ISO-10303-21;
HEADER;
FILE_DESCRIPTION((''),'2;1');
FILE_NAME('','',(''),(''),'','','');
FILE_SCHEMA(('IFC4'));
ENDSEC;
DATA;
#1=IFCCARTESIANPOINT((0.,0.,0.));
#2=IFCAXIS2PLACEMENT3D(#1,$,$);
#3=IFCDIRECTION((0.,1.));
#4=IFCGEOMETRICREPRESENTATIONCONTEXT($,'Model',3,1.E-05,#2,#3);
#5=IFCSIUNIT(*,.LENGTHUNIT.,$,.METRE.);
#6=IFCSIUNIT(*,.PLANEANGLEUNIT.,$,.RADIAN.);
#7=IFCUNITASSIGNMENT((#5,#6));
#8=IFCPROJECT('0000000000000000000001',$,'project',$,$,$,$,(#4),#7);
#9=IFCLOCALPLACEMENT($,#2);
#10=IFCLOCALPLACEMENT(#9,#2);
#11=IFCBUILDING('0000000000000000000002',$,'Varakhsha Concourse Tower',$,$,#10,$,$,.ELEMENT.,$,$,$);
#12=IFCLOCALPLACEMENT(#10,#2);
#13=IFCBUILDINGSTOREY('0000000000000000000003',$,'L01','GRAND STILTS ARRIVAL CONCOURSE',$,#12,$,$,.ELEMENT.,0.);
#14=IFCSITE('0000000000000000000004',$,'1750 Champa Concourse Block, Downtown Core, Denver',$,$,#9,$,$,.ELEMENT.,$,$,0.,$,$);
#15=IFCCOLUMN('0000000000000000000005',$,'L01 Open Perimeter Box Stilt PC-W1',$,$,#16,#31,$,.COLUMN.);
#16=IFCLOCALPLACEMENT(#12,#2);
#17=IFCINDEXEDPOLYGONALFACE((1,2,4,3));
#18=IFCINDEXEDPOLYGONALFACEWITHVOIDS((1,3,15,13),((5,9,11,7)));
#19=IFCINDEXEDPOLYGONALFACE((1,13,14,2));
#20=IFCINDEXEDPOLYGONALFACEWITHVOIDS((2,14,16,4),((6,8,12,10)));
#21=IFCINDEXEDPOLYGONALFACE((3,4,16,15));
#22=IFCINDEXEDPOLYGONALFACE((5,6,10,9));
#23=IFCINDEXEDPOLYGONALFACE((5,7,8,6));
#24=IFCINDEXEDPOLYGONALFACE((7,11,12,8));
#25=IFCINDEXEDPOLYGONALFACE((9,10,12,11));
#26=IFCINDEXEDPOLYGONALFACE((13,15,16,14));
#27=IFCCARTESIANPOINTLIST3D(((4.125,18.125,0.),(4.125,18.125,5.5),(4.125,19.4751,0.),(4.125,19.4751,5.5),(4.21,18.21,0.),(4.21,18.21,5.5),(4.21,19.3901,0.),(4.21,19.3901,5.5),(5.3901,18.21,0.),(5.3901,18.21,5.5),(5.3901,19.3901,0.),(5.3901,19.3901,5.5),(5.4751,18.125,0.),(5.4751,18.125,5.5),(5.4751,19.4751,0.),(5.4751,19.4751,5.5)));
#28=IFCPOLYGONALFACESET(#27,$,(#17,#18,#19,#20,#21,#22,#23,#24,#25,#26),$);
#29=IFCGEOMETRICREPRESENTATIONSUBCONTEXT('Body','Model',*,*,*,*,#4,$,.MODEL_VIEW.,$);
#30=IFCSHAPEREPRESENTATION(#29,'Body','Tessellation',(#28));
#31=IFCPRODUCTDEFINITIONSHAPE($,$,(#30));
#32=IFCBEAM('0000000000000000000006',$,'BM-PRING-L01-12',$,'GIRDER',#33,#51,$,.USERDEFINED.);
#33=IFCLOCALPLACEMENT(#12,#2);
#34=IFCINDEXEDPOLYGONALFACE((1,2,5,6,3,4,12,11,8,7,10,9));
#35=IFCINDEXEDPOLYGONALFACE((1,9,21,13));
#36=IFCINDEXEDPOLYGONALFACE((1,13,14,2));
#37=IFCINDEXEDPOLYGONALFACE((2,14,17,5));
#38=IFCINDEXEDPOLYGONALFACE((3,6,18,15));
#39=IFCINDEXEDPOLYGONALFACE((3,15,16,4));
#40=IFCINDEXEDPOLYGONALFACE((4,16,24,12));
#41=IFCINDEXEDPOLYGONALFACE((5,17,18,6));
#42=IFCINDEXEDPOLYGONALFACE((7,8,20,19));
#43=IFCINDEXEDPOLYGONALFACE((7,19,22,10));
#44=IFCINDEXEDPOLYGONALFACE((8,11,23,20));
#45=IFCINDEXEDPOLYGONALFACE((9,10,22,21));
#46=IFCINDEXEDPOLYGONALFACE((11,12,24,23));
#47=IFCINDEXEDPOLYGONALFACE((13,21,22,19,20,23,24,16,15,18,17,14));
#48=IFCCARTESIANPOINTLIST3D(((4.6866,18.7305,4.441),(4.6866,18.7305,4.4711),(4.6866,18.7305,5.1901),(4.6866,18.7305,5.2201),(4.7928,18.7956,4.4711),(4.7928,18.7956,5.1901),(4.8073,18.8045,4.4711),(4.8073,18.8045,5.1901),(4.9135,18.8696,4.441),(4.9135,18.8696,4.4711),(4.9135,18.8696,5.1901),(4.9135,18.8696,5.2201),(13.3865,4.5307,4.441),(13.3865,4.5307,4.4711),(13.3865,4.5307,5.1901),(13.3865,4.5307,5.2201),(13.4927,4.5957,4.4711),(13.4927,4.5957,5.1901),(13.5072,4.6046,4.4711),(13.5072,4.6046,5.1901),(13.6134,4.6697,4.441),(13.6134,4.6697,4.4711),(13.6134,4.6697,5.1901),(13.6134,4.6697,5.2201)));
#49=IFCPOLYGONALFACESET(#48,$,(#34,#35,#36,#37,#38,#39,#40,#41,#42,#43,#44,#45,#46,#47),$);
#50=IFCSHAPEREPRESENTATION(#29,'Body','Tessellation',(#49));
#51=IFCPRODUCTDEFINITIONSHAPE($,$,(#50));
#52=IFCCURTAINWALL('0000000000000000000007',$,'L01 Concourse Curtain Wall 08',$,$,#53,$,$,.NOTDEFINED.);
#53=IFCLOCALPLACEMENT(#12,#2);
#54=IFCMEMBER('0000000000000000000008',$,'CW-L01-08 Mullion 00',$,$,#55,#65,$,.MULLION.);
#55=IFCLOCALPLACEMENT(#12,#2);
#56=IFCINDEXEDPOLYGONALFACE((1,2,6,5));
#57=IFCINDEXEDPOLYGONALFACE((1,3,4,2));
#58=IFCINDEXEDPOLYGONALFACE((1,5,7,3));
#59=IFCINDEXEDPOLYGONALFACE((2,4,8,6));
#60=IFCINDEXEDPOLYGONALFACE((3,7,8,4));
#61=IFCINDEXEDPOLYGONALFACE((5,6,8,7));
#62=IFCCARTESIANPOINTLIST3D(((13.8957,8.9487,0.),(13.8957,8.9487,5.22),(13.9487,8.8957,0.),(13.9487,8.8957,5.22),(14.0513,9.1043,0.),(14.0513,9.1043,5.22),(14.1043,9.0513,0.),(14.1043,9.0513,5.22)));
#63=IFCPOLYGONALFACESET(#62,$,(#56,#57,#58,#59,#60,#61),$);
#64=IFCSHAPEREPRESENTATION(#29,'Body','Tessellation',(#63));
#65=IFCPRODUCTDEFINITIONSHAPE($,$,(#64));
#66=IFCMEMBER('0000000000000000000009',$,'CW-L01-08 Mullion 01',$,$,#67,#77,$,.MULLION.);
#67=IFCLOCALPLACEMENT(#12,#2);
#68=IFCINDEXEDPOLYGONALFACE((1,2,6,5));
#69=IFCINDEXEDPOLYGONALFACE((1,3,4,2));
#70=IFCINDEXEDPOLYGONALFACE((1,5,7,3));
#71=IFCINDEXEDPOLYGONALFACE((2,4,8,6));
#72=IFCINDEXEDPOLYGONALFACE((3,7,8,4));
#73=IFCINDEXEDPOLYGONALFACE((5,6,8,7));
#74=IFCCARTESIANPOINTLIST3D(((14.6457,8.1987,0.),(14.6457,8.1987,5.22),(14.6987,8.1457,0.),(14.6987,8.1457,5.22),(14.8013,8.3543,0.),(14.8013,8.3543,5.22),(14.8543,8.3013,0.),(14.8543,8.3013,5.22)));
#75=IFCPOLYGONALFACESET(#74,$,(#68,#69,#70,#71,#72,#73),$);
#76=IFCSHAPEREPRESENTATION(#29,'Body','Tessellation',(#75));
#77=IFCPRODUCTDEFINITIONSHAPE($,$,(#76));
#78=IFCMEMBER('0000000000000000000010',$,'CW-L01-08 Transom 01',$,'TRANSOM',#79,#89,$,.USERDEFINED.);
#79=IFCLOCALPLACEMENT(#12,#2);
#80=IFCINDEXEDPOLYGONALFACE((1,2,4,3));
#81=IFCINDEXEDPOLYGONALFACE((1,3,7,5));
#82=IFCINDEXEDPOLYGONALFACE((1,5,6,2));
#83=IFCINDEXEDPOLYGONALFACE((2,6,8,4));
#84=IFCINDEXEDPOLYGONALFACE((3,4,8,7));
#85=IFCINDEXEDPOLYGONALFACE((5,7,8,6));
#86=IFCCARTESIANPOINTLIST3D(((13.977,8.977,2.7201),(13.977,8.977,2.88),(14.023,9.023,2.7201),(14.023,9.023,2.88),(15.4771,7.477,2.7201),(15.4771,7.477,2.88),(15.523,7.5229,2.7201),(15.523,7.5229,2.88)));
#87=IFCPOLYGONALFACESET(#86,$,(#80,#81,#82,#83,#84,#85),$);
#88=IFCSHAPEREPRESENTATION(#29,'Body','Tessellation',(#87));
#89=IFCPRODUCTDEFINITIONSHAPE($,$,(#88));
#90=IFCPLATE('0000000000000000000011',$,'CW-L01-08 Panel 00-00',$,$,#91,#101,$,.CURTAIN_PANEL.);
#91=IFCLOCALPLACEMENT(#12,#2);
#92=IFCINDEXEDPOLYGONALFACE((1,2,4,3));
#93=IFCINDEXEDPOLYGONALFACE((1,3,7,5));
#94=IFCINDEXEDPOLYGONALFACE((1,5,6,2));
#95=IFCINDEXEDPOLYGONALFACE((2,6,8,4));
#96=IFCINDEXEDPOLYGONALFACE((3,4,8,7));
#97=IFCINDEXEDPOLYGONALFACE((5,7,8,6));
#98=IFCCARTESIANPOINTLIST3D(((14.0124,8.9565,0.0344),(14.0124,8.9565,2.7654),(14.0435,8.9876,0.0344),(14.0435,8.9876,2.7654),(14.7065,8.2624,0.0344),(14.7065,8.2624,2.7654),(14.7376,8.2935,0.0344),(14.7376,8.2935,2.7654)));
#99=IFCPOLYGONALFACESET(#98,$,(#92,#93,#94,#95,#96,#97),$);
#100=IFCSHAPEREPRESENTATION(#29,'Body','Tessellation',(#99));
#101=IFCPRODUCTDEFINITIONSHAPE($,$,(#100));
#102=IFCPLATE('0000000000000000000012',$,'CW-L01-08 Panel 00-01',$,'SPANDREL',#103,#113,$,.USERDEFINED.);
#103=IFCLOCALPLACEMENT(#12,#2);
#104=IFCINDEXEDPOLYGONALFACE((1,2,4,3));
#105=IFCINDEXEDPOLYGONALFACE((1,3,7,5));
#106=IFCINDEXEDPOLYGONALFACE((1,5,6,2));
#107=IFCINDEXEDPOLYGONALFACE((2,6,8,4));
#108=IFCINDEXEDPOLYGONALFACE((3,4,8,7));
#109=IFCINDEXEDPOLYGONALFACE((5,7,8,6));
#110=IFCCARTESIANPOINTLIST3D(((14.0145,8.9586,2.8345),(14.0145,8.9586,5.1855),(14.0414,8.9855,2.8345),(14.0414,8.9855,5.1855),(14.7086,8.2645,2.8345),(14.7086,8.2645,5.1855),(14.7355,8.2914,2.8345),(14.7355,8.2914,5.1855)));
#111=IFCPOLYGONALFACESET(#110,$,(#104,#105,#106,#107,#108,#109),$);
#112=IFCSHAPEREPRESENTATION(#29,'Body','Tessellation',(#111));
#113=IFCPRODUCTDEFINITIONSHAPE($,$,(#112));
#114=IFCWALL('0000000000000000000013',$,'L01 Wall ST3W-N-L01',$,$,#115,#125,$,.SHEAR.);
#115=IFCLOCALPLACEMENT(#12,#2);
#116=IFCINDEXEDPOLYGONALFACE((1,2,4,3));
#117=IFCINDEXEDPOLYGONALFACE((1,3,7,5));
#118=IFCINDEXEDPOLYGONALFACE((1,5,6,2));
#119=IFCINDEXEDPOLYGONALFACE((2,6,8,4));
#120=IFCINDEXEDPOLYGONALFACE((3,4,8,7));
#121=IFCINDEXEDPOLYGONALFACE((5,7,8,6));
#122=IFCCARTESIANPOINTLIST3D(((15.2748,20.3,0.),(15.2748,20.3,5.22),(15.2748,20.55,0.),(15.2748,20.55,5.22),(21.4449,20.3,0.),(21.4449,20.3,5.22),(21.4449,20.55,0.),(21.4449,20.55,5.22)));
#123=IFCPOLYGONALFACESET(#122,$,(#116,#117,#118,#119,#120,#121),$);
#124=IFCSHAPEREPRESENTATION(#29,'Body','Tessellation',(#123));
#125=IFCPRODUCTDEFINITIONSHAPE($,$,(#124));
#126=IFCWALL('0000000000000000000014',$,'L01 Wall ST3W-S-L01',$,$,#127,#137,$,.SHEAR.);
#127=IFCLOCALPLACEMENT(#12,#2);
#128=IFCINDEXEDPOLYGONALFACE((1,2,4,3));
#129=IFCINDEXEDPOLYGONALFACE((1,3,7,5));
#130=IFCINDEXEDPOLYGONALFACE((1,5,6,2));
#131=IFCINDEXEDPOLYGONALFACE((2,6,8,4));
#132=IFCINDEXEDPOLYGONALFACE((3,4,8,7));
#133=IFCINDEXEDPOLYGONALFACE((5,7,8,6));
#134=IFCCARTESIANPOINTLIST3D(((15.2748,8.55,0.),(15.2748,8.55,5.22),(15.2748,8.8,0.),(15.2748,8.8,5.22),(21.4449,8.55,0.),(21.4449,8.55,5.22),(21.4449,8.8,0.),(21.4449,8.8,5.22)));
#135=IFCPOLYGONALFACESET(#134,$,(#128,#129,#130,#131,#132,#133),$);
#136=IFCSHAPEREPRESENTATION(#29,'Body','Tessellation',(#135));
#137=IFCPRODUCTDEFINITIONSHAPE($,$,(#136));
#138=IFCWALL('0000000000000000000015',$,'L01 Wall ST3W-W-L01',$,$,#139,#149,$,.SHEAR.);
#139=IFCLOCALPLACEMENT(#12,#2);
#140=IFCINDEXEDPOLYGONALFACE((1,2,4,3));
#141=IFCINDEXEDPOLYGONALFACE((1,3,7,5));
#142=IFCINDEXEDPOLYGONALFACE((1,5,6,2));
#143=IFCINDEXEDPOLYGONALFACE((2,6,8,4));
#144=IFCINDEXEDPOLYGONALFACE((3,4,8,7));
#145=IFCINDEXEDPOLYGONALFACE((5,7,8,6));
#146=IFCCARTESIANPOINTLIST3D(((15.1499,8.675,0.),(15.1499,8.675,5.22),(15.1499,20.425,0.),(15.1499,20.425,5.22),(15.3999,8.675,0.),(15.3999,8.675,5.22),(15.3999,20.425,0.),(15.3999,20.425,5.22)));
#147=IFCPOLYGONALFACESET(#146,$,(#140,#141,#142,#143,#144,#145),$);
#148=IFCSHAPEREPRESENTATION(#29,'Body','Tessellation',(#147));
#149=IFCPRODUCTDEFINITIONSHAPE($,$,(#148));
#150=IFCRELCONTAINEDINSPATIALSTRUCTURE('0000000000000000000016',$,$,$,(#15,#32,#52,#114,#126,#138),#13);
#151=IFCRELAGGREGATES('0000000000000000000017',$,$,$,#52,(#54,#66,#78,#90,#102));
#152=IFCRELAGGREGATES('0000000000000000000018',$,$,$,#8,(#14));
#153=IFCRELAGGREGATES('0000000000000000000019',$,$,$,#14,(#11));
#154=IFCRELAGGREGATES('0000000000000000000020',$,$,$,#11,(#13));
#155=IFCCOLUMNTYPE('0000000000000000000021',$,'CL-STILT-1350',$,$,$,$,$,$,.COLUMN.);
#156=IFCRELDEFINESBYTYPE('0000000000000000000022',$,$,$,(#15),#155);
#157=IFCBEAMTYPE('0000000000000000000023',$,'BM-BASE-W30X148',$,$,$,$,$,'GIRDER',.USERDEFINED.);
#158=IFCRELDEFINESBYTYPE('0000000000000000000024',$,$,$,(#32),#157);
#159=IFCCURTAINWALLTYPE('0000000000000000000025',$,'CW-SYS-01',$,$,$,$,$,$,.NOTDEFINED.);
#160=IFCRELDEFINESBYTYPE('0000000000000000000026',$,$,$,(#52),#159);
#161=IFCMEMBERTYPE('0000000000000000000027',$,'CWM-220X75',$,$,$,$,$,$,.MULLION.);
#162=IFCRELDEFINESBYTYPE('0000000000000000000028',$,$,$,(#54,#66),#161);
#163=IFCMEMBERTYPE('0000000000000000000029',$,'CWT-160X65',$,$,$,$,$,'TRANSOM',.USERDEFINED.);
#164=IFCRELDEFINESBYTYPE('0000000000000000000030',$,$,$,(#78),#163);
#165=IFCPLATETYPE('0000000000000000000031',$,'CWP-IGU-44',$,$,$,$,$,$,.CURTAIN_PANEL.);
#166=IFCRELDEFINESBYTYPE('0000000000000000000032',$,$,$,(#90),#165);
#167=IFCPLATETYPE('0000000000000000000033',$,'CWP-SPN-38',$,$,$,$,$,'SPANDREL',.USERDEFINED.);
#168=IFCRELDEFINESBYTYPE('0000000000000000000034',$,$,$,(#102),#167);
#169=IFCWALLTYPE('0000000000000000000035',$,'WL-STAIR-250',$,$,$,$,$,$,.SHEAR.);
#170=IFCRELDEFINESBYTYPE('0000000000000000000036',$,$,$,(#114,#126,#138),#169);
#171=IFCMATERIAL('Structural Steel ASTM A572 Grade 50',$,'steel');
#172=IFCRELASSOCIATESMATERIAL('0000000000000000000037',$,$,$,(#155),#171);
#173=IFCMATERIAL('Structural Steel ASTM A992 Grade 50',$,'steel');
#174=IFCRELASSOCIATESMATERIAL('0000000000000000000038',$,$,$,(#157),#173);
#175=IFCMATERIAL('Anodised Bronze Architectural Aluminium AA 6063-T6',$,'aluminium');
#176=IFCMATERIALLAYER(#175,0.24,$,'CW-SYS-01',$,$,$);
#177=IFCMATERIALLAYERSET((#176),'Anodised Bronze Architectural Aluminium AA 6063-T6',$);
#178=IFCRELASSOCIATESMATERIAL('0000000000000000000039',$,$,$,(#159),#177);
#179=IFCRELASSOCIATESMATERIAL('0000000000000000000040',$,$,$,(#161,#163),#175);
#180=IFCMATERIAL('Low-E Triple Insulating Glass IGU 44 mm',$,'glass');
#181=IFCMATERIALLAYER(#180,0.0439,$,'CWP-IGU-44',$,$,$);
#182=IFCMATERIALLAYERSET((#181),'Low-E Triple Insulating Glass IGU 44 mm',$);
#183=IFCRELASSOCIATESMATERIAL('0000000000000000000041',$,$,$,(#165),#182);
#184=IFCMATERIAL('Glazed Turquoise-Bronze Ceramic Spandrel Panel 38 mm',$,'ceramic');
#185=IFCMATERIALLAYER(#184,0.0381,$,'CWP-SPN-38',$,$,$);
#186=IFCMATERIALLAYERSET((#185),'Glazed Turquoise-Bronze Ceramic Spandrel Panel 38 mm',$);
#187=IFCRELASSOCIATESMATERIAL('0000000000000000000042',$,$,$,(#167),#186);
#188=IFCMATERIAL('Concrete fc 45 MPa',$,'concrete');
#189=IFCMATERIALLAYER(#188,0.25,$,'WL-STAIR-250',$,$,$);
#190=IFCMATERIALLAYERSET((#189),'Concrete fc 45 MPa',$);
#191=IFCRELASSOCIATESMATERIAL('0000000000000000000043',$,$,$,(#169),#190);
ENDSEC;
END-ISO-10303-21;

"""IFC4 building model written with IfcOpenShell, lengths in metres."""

from ifc_helpers import new_model, si_unit, direction, frame, frame_2d, origin, origin_2d, place, context, subcontext, project, spatial, rectangle, hollow_rectangle, i_section, extrude, source, transform, mapped, material, layer, layer_set, material_profile, profile_set, type_object, type_shapes, element, aggregate, save


model = new_model("IFC4")

# Units and contexts
model_context = context("Model", 3, precision=1e-05, world=origin(), true_north=direction((0.0, 1.0)))
body_context = subcontext(model_context, "Body", "Model", "MODEL_VIEW")
ifc_project = project(units=[si_unit("LENGTHUNIT", "METRE"), si_unit("PLANEANGLEUNIT", "RADIAN")], contexts=[model_context])

# Site, building, storey
site_placement = place(None, origin())
site = spatial("IfcSite", under=ifc_project, at=site_placement, Name="1750 Champa Concourse Block, Downtown Core, Denver", CompositionType="ELEMENT", RefElevation=0.0)
building_placement = place(site_placement, origin())
building = spatial("IfcBuilding", under=site, at=building_placement, Name="Varakhsha Concourse Tower", CompositionType="ELEMENT")
storey_placement = place(building_placement, origin())
storey = spatial("IfcBuildingStorey", under=building, at=storey_placement, Name="L01", Description="GRAND STILTS ARRIVAL CONCOURSE", CompositionType="ELEMENT", Elevation=0.0)

# Column
ifc_material_1 = material(Name="Structural Steel ASTM A572 Grade 50", Category="steel")
ifc_material_profile_1 = material_profile(ifc_material_1, hollow_rectangle(XDim=1.3501, YDim=1.3501, WallThickness=0.085, at=origin_2d()), Name="BOX 1350x1350x85")
ifc_profile_set_1 = profile_set([ifc_material_profile_1], Name="Structural Steel ASTM A572 Grade 50")
column_type = type_object("IfcColumnType", Name="CL-STILT-1350", PredefinedType="COLUMN", material=ifc_profile_set_1)
column_placement = place(storey_placement, frame((4.8, 18.8, 0.0), z_axis=(0.0, 0.0, 1.0), x_axis=(1.0, 0.0, 0.0)))
element("IfcColumn", 1, at=column_placement, inside=storey, type_object=column_type, Name="L01 Open Perimeter Box Stilt PC-W1", PredefinedType="COLUMN", context=body_context, shape_type="SweptSolid", body=[
    extrude(hollow_rectangle(XDim=1.3501, YDim=1.3501, WallThickness=0.085, at=origin_2d()), origin(), (0.0, 0.0, 1.0), 5.5),
])

# Beam
ifc_material_2 = material(Name="Structural Steel ASTM A992 Grade 50", Category="steel")
ifc_material_profile_2 = material_profile(ifc_material_2, i_section(OverallWidth=0.2661, OverallDepth=0.7791, WebThickness=0.0171, FlangeThickness=0.03, at=origin_2d()), Name="W30X148")
ifc_profile_set_2 = profile_set([ifc_material_profile_2], Name="Structural Steel ASTM A992 Grade 50")
beam_type = type_object("IfcBeamType", Name="BM-BASE-W30X148", ElementType="GIRDER", PredefinedType="USERDEFINED", material=ifc_profile_set_2)
beam_placement = place(storey_placement, frame((4.8, 18.8, 4.8306), z_axis=(0.52242, -0.852688, 0.0), x_axis=(0.852688, 0.52242, 0.0)))
element("IfcBeam", 2, at=beam_placement, inside=storey, type_object=beam_type, Name="BM-PRING-L01-12", ObjectType="GIRDER", PredefinedType="USERDEFINED", context=body_context, shape_type="SweptSolid", body=[
    extrude(i_section(OverallWidth=0.2661, OverallDepth=0.7791, WebThickness=0.0171, FlangeThickness=0.03, at=origin_2d()), origin(), (0.0, 0.0, 1.0), 16.6531),
])

# Curtain wall, members, plates
ifc_material_3 = material(Name="Anodised Bronze Architectural Aluminium AA 6063-T6", Category="aluminium")
ifc_layer_1 = layer(ifc_material_3, 0.24, Name="CW-SYS-01")
ifc_layer_set_1 = layer_set([ifc_layer_1], Name="Anodised Bronze Architectural Aluminium AA 6063-T6")
curtain_wall_type = type_object("IfcCurtainWallType", Name="CW-SYS-01", PredefinedType="NOTDEFINED", material=ifc_layer_set_1)
curtain_wall_placement = place(storey_placement, origin())
curtain_wall = element("IfcCurtainWall", 3, at=curtain_wall_placement, inside=storey, type_object=curtain_wall_type, Name="L01 Concourse Curtain Wall 08", PredefinedType="NOTDEFINED")
ifc_material_profile_3 = material_profile(ifc_material_3, rectangle(XDim=0.075, YDim=0.22, at=origin_2d()), Name="CWM-220X75")
ifc_profile_set_3 = profile_set([ifc_material_profile_3], Name="Anodised Bronze Architectural Aluminium AA 6063-T6")
member_type_1 = type_object("IfcMemberType", Name="CWM-220X75", PredefinedType="MULLION", material=ifc_profile_set_3)
shared_shape_1 = source(origin(), body_context, "Body", "SweptSolid", [
    extrude(rectangle(XDim=0.075, YDim=0.22, at=origin_2d()), origin(), (0.0, 0.0, 1.0), 5.22),
])
type_shapes(member_type_1, [shared_shape_1])
member_1_placement = place(storey_placement, frame((14.0, 9.0, 0.0), z_axis=(0.0, 0.0, 1.0), x_axis=(0.707107, -0.707107, 0.0)))
member_1 = element("IfcMember", 4, at=member_1_placement, type_object=member_type_1, Name="CW-L01-08 Mullion 00", PredefinedType="MULLION", context=body_context, shape_type="MappedRepresentation", body=[
    mapped(shared_shape_1, transform((0.0, 0.0, 0.0), scale=1.0)),
])
member_2_placement = place(storey_placement, frame((14.75, 8.25, 0.0), z_axis=(0.0, 0.0, 1.0), x_axis=(0.707107, -0.707107, 0.0)))
member_2 = element("IfcMember", 5, at=member_2_placement, type_object=member_type_1, Name="CW-L01-08 Mullion 01", PredefinedType="MULLION", context=body_context, shape_type="MappedRepresentation", body=[
    mapped(shared_shape_1, transform((0.0, 0.0, 0.0), scale=1.0)),
])
ifc_material_profile_4 = material_profile(ifc_material_3, rectangle(XDim=0.0649, YDim=0.1599, at=origin_2d()), Name="CWT-160X65")
ifc_profile_set_4 = profile_set([ifc_material_profile_4], Name="Anodised Bronze Architectural Aluminium AA 6063-T6")
member_type_2 = type_object("IfcMemberType", Name="CWT-160X65", ElementType="TRANSOM", PredefinedType="USERDEFINED", material=ifc_profile_set_4)
shared_shape_2 = source(origin(), body_context, "Body", "SweptSolid", [
    extrude(rectangle(XDim=0.0649, YDim=0.1599, at=origin_2d()), origin(), (0.0, 0.0, 1.0), 2.1213),
])
type_shapes(member_type_2, [shared_shape_2])
member_3_placement = place(storey_placement, frame((14.0, 9.0, 2.8), z_axis=(0.707107, -0.707107, 0.0), x_axis=(0.707107, 0.707107, 0.0)))
member_3 = element("IfcMember", 6, at=member_3_placement, type_object=member_type_2, Name="CW-L01-08 Transom 01", ObjectType="TRANSOM", PredefinedType="USERDEFINED", context=body_context, shape_type="MappedRepresentation", body=[
    mapped(shared_shape_2, transform((0.0, 0.0, 0.0), scale=1.0)),
])
ifc_material_4 = material(Name="Low-E Triple Insulating Glass IGU 44 mm", Category="glass")
ifc_layer_2 = layer(ifc_material_4, 0.0439, Name="CWP-IGU-44")
ifc_layer_set_2 = layer_set([ifc_layer_2], Name="Low-E Triple Insulating Glass IGU 44 mm")
plate_type_1 = type_object("IfcPlateType", Name="CWP-IGU-44", PredefinedType="CURTAIN_PANEL", material=ifc_layer_set_2)
shared_shape_3 = source(origin(), body_context, "Body", "SweptSolid", [
    extrude(rectangle(XDim=0.9817, YDim=0.0439, at=origin_2d()), origin(), (0.0, 0.0, 1.0), 2.731),
])
type_shapes(plate_type_1, [shared_shape_3])
plate_1_placement = place(storey_placement, frame((14.375, 8.625, 0.0344), z_axis=(0.0, 0.0, 1.0), x_axis=(0.707107, -0.707107, 0.0)))
plate_1 = element("IfcPlate", 7, at=plate_1_placement, type_object=plate_type_1, Name="CW-L01-08 Panel 00-00", PredefinedType="CURTAIN_PANEL", context=body_context, shape_type="MappedRepresentation", body=[
    mapped(shared_shape_3, transform((0.0, 0.0, 0.0), scale=1.0)),
])
ifc_material_5 = material(Name="Glazed Turquoise-Bronze Ceramic Spandrel Panel 38 mm", Category="ceramic")
ifc_layer_3 = layer(ifc_material_5, 0.0381, Name="CWP-SPN-38")
ifc_layer_set_3 = layer_set([ifc_layer_3], Name="Glazed Turquoise-Bronze Ceramic Spandrel Panel 38 mm")
plate_type_2 = type_object("IfcPlateType", Name="CWP-SPN-38", ElementType="SPANDREL", PredefinedType="USERDEFINED", material=ifc_layer_set_3)
shared_shape_4 = source(origin(), body_context, "Body", "SweptSolid", [
    extrude(rectangle(XDim=0.9817, YDim=0.0381, at=origin_2d()), origin(), (0.0, 0.0, 1.0), 2.3511),
])
type_shapes(plate_type_2, [shared_shape_4])
plate_2_placement = place(storey_placement, frame((14.375, 8.625, 2.8345), z_axis=(0.0, 0.0, 1.0), x_axis=(0.707107, -0.707107, 0.0)))
plate_2 = element("IfcPlate", 8, at=plate_2_placement, type_object=plate_type_2, Name="CW-L01-08 Panel 00-01", ObjectType="SPANDREL", PredefinedType="USERDEFINED", context=body_context, shape_type="MappedRepresentation", body=[
    mapped(shared_shape_4, transform((0.0, 0.0, 0.0), scale=1.0)),
])
aggregate(curtain_wall, [member_1, member_2, member_3, plate_1, plate_2])

# Walls
ifc_material_6 = material(Name="Concrete fc 45 MPa", Category="concrete")
ifc_layer_4 = layer(ifc_material_6, 0.25, Name="WL-STAIR-250")
ifc_layer_set_4 = layer_set([ifc_layer_4], Name="Concrete fc 45 MPa")
wall_type = type_object("IfcWallType", Name="WL-STAIR-250", PredefinedType="SHEAR", material=ifc_layer_set_4)
for number, where, z_axis, x_axis, name in (
    (9, (15.2749, 20.425, 0.0), (0.0, 0.0, 1.0), (1.0, 0.0, 0.0), "L01 Wall ST3W-N-L01"),
    (10, (15.2749, 8.675, 0.0), (0.0, 0.0, 1.0), (1.0, 0.0, 0.0), "L01 Wall ST3W-S-L01"),
):
    element("IfcWall", number, at=place(storey_placement, frame(where, z_axis=z_axis, x_axis=x_axis)), inside=storey, type_object=wall_type, Name=name, PredefinedType="SHEAR", context=body_context, shape_type="SweptSolid", body=[
        extrude(rectangle(XDim=6.1702, YDim=0.25, at=frame_2d((3.085, 0.0))), origin(), (0.0, 0.0, 1.0), 5.22),
    ])
wall_placement = place(storey_placement, frame((15.2749, 8.675, 0.0), z_axis=(0.0, 0.0, 1.0), x_axis=(0.0, 1.0, 0.0)))
element("IfcWall", 11, at=wall_placement, inside=storey, type_object=wall_type, Name="L01 Wall ST3W-W-L01", PredefinedType="SHEAR", context=body_context, shape_type="SweptSolid", body=[
    extrude(rectangle(XDim=11.75, YDim=0.25, at=frame_2d((5.875, 0.0))), origin(), (0.0, 0.0, 1.0), 5.22),
])

save(model, "model.ifc")
